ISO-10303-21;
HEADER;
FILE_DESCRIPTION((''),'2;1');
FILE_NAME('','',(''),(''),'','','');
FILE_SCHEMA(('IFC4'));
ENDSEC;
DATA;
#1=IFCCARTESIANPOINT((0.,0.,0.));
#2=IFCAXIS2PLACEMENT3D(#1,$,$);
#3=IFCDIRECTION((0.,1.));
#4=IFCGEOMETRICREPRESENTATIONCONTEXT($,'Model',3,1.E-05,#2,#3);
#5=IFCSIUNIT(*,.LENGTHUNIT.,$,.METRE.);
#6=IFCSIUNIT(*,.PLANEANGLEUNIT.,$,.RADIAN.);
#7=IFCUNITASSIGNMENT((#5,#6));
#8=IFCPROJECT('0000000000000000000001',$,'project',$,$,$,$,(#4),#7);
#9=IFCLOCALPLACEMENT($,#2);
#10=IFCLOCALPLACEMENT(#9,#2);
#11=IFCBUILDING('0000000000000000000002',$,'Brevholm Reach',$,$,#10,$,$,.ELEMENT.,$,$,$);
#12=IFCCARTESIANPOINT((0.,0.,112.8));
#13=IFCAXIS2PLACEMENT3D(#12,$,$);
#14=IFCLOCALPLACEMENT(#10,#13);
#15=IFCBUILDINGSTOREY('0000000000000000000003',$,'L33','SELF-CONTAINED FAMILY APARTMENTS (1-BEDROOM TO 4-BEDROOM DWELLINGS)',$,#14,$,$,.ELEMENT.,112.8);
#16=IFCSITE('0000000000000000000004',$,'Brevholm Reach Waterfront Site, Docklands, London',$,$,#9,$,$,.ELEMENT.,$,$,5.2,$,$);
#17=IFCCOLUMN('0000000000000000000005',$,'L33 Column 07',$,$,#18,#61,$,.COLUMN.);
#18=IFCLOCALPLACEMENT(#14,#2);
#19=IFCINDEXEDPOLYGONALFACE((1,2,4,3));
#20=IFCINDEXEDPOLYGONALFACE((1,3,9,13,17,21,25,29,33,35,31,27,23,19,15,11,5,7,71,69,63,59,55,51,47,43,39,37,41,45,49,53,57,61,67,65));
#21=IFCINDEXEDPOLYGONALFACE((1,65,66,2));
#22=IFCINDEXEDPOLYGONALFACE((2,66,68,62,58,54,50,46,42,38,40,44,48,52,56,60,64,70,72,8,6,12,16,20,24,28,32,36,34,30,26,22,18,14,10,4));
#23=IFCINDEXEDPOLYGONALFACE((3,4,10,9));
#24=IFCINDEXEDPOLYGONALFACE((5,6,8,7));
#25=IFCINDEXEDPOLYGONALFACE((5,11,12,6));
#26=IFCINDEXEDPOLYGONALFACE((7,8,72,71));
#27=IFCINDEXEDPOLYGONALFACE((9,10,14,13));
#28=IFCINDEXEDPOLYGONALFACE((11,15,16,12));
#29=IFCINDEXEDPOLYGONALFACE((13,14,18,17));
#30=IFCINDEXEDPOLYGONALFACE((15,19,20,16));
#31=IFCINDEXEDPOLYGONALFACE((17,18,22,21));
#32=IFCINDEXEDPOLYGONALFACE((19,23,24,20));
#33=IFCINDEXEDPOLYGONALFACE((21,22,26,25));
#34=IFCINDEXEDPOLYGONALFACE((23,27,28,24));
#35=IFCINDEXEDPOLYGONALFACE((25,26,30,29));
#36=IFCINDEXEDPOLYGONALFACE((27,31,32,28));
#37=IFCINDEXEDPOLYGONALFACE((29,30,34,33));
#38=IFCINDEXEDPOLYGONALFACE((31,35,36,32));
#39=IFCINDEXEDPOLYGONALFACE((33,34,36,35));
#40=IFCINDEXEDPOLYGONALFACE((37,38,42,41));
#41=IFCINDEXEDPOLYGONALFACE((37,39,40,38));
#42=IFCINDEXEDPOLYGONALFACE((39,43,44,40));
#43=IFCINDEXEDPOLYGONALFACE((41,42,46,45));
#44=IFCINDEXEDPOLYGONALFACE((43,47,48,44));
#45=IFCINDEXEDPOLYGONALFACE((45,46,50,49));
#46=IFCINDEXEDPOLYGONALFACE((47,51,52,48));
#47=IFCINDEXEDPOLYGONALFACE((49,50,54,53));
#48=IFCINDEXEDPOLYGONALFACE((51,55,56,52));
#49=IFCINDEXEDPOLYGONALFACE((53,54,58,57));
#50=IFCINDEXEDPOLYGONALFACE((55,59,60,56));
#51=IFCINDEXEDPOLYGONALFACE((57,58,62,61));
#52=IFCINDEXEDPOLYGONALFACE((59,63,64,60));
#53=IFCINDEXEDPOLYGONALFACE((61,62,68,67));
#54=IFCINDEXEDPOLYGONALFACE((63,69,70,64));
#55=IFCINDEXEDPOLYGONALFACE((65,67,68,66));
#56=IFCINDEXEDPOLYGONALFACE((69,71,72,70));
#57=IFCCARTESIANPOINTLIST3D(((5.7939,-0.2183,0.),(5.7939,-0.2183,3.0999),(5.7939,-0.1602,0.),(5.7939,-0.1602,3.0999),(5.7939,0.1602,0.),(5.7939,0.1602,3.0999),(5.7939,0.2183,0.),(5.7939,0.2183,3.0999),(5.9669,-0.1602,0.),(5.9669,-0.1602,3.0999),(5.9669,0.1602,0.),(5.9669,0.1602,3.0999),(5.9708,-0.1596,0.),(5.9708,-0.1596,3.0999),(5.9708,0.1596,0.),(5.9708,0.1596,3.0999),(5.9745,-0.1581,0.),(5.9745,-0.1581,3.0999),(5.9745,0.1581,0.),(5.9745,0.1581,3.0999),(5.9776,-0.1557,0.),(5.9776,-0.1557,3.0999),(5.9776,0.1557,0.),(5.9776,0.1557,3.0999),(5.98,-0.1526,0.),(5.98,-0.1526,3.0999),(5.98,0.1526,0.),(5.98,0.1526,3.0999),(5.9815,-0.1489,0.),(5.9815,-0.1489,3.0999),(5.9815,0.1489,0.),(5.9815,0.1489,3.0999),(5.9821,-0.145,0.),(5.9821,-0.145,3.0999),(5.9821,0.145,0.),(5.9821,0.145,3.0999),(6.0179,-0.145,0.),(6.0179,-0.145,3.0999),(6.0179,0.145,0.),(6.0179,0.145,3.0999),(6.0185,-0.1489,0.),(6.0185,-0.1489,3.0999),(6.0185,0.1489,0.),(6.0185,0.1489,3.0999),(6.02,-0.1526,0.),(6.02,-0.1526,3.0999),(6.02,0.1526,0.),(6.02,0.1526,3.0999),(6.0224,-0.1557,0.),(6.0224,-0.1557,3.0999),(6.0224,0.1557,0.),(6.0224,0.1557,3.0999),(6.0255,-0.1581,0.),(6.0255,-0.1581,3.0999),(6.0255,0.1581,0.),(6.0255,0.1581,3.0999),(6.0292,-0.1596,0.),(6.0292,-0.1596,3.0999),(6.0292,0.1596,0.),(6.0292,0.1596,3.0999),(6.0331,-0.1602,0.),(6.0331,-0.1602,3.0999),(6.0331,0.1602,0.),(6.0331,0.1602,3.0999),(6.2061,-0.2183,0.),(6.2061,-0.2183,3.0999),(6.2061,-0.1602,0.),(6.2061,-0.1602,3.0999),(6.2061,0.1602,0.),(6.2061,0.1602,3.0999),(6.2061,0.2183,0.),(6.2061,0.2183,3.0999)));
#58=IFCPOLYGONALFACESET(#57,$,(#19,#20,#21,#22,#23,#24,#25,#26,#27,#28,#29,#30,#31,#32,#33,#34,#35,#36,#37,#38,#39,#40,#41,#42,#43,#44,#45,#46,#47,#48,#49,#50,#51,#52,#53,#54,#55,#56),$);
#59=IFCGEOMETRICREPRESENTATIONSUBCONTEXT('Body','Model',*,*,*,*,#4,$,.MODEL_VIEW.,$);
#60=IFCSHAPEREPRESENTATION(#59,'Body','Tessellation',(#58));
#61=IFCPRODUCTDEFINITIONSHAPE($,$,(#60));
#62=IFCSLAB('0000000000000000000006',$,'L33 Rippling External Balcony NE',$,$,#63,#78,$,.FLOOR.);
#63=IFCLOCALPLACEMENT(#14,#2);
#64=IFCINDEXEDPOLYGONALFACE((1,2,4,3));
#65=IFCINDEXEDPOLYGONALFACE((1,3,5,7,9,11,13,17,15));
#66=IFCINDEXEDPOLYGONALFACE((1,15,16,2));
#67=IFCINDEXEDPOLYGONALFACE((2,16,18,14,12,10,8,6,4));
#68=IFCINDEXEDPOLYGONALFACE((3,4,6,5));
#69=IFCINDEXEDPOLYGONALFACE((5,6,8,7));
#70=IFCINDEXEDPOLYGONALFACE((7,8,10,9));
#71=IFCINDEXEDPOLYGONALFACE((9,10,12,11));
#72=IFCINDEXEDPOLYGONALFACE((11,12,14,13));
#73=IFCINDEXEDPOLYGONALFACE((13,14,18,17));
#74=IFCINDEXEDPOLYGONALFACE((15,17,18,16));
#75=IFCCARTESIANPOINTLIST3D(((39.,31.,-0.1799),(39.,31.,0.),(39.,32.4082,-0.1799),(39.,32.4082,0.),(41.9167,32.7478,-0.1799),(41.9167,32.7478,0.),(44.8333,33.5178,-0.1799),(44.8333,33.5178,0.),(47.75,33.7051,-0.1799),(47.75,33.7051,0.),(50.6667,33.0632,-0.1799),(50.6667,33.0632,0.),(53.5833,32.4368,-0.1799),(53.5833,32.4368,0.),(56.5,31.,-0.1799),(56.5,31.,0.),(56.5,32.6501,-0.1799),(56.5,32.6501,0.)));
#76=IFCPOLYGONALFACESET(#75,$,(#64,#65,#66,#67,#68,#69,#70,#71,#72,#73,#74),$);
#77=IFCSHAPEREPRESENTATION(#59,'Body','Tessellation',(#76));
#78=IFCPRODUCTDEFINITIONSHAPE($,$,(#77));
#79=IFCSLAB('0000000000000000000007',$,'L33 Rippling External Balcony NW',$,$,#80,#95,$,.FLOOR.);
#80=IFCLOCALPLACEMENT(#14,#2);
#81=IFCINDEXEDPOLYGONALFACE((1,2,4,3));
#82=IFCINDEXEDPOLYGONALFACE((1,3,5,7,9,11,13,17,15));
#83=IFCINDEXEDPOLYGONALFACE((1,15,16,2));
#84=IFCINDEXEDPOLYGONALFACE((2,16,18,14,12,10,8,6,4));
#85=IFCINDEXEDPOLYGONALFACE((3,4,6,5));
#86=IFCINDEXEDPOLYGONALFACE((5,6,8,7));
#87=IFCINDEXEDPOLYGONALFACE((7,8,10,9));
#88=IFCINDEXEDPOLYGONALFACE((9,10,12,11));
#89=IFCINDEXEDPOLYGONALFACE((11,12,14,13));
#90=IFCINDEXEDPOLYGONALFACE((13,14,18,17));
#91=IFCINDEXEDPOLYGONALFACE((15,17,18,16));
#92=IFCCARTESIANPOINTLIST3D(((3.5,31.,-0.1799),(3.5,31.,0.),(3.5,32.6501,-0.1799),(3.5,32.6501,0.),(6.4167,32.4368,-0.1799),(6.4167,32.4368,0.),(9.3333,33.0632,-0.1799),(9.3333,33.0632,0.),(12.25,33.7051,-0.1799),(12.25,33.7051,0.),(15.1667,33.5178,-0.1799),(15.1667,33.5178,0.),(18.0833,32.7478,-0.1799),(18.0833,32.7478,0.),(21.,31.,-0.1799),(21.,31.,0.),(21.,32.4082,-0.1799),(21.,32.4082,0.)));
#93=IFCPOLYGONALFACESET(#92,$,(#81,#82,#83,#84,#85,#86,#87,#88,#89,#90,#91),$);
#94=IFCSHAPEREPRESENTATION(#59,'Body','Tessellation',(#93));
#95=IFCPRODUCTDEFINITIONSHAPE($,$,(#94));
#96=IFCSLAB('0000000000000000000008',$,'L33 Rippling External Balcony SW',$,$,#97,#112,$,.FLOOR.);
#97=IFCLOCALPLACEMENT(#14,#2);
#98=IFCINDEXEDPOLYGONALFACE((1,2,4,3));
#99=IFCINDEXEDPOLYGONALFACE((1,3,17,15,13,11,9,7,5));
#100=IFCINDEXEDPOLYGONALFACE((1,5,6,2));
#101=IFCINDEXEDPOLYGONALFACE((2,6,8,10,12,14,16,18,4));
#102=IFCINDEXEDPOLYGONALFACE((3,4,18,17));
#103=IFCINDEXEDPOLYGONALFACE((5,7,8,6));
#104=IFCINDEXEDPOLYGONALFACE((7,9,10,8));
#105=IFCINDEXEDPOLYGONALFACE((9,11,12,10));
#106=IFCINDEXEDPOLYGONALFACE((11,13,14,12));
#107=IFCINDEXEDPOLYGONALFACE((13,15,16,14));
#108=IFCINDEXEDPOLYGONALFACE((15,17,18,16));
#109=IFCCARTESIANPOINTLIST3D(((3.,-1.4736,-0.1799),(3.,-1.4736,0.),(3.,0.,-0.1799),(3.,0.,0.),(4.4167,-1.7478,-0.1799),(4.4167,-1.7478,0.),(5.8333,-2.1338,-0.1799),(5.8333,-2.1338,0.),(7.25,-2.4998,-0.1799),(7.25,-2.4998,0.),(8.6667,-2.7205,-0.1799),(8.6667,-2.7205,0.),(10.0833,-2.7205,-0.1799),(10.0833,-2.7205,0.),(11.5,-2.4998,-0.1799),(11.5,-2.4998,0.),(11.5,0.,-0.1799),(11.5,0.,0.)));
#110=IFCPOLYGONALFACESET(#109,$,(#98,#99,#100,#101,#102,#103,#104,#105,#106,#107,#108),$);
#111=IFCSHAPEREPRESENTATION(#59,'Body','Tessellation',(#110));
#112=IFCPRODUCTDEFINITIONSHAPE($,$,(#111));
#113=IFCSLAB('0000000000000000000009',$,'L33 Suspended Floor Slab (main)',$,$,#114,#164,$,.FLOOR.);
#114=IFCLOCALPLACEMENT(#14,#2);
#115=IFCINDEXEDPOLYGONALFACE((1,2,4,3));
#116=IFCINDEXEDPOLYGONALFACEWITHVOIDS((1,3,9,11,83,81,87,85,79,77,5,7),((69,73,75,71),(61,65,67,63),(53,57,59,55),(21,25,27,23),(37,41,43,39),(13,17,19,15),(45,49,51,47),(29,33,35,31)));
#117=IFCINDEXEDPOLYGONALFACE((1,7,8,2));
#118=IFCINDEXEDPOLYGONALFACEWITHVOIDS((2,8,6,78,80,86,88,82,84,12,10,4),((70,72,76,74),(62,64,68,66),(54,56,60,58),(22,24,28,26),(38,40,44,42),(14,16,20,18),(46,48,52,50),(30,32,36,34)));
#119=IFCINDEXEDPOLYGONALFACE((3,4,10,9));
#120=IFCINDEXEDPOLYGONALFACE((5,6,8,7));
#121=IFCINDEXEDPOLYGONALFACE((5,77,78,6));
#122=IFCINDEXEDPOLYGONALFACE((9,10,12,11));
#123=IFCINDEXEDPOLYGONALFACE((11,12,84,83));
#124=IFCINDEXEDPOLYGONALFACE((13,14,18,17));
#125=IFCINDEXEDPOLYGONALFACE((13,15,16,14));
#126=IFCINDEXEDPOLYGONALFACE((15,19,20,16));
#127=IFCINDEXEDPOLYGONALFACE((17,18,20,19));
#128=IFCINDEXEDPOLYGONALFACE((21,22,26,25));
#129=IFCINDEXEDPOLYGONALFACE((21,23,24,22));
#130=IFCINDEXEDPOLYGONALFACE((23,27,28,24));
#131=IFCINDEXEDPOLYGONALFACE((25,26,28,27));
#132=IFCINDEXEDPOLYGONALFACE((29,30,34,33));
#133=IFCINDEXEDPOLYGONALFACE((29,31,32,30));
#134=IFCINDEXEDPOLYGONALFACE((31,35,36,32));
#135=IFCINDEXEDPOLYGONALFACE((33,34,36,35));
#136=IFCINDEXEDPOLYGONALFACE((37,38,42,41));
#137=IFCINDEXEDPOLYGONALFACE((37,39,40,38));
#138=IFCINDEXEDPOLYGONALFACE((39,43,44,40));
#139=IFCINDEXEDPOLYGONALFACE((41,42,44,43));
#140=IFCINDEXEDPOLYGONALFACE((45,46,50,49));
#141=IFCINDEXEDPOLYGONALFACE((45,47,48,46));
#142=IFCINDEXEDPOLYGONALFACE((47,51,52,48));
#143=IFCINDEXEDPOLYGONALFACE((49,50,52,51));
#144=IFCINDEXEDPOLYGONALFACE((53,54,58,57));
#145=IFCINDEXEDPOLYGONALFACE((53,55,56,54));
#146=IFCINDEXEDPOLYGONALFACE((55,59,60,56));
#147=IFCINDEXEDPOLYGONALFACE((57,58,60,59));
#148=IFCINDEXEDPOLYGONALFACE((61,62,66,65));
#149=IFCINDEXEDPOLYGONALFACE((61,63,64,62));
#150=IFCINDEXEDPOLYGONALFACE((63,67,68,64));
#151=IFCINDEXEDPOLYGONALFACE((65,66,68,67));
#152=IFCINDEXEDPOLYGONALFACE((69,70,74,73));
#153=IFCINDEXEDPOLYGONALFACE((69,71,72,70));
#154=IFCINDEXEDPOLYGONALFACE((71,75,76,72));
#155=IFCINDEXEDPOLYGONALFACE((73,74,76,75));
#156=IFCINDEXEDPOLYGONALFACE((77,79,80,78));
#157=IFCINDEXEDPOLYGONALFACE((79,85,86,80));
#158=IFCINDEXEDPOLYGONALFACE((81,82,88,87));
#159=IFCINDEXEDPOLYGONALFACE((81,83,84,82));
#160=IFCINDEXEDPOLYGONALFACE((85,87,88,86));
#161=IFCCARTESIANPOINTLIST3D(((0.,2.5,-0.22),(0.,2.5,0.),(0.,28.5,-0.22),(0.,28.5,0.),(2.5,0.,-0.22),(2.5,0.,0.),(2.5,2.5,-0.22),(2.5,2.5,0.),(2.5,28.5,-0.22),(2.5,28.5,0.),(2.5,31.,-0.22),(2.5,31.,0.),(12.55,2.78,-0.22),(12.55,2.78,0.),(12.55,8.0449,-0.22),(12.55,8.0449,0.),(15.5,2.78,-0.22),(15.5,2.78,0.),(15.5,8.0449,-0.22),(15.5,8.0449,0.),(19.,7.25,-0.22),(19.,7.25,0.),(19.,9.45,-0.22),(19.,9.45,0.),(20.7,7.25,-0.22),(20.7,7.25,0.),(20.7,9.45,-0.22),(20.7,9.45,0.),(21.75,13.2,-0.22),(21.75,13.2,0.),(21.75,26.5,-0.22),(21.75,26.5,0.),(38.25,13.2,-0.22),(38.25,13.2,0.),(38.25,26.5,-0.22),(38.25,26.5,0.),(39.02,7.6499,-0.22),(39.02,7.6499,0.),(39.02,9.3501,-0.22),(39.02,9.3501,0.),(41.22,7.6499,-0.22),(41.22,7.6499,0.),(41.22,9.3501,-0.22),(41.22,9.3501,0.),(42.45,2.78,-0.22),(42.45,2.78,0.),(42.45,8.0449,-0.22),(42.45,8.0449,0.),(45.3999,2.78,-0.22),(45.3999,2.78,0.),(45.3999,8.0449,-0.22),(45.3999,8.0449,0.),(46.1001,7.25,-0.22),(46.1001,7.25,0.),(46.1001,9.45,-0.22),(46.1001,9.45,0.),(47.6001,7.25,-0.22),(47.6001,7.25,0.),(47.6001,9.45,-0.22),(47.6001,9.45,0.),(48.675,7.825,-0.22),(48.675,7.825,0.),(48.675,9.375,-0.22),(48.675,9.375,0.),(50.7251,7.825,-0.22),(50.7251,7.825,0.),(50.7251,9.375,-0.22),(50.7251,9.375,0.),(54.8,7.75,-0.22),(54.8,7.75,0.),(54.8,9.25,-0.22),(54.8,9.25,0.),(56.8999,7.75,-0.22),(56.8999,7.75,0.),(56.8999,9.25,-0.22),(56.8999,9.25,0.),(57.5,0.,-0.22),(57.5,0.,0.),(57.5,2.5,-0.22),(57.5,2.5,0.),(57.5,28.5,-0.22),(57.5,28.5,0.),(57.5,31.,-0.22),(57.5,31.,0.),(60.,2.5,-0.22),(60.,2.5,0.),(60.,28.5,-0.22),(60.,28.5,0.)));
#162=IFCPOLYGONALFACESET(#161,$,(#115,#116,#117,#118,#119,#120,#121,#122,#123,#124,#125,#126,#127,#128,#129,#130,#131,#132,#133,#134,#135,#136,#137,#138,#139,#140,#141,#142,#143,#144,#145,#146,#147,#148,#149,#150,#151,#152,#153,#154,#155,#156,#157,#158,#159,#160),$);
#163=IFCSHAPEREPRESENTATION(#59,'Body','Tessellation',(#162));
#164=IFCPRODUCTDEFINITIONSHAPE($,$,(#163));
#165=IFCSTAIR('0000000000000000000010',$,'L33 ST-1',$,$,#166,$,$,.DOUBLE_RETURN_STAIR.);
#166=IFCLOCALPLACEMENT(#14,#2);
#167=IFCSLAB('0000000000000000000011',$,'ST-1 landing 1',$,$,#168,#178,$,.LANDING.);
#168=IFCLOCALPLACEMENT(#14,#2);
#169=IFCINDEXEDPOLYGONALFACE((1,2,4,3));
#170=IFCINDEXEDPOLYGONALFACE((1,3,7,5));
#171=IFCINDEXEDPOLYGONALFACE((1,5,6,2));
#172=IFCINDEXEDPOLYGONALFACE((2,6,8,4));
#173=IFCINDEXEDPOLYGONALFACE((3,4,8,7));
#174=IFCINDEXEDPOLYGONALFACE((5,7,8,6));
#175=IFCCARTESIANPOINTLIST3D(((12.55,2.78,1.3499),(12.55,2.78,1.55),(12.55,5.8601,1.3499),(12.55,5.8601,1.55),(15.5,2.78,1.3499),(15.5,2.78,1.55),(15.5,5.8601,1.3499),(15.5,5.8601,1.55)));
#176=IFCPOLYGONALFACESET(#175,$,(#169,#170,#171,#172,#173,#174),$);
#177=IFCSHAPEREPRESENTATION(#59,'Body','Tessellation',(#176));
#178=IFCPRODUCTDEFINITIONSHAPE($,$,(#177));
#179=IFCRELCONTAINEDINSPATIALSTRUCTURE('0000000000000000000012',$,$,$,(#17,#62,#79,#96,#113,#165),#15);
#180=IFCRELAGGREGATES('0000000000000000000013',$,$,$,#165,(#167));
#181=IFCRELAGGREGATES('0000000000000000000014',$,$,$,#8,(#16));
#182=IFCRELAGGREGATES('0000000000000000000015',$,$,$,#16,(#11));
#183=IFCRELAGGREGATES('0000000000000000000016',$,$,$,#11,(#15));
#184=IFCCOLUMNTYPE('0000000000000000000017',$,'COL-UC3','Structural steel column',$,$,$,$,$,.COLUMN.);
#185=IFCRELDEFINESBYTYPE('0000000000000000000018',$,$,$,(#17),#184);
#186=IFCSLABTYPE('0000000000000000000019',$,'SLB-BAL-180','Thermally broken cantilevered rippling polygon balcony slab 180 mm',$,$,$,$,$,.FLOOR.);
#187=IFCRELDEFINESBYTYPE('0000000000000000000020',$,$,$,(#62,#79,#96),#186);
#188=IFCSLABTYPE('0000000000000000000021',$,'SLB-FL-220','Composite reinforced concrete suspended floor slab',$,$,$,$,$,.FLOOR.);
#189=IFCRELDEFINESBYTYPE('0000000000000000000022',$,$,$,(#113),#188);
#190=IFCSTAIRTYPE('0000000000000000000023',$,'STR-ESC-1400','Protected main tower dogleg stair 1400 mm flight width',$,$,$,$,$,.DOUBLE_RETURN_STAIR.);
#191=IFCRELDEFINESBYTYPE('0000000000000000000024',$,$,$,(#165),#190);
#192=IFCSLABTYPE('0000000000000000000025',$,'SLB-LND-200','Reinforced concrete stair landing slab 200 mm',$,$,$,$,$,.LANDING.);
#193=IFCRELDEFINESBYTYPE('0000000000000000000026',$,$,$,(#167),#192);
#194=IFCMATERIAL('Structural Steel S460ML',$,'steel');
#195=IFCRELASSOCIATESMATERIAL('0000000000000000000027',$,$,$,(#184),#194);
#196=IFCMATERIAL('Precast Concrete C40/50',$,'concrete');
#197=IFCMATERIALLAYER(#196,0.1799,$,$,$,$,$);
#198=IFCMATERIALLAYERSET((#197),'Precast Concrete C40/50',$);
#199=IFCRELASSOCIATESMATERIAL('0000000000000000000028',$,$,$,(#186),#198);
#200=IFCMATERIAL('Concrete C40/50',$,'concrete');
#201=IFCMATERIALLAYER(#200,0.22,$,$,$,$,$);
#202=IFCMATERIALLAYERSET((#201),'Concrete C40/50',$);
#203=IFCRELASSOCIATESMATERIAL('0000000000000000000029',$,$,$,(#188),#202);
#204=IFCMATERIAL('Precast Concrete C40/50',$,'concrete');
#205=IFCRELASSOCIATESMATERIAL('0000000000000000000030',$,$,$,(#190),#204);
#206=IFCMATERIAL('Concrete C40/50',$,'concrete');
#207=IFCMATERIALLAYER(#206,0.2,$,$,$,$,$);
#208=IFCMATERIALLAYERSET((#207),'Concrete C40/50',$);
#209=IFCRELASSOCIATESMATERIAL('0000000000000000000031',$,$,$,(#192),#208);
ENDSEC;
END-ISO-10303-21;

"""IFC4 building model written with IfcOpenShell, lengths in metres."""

from ifc_helpers import new_model, si_unit, direction, frame, origin, origin_2d, place, context, subcontext, project, spatial, polyline, i_section, outline, extrude, material, layer, layer_set, material_profile, profile_set, type_object, element, aggregate, save


model = new_model("IFC4")

# Units and contexts
model_context = context("Model", 3, precision=1e-05, world=origin(), true_north=direction((0.0, 1.0)))
body_context = subcontext(model_context, "Body", "Model", "MODEL_VIEW")
ifc_project = project(units=[si_unit("LENGTHUNIT", "METRE"), si_unit("PLANEANGLEUNIT", "RADIAN")], contexts=[model_context])

# Site, building, storey
site_placement = place(None, origin())
site = spatial("IfcSite", under=ifc_project, at=site_placement, Name="Brevholm Reach Waterfront Site, Docklands, London", CompositionType="ELEMENT", RefElevation=5.2)
building_placement = place(site_placement, origin())
building = spatial("IfcBuilding", under=site, at=building_placement, Name="Brevholm Reach", CompositionType="ELEMENT")
storey_placement = place(building_placement, frame((0.0, 0.0, 112.8)))
storey = spatial("IfcBuildingStorey", under=building, at=storey_placement, Name="L33", Description="SELF-CONTAINED FAMILY APARTMENTS (1-BEDROOM TO 4-BEDROOM DWELLINGS)", CompositionType="ELEMENT", Elevation=112.8)

# Column
ifc_material_1 = material(Name="Structural Steel S460ML", Category="steel")
ifc_material_profile = material_profile(ifc_material_1, i_section(OverallWidth=0.4121, OverallDepth=0.4365, WebThickness=0.0359, FlangeThickness=0.0581, FilletRadius=0.0151, at=origin_2d()), Name="UKC 356x406x467")
ifc_profile_set = profile_set([ifc_material_profile], Name="Structural Steel S460ML")
column_type = type_object("IfcColumnType", Name="COL-UC3", Description="Structural steel column", PredefinedType="COLUMN", material=ifc_profile_set)
column_placement = place(storey_placement, frame((6.0, 0.0, 0.0), z_axis=(0.0, 0.0, 1.0), x_axis=(1.0, 0.0, 0.0)))
element("IfcColumn", 1, at=column_placement, inside=storey, type_object=column_type, Name="L33 Column 07", PredefinedType="COLUMN", context=body_context, shape_type="SweptSolid", body=[
    extrude(i_section(OverallWidth=0.4121, OverallDepth=0.4365, WebThickness=0.0359, FlangeThickness=0.0581, FilletRadius=0.0151, at=origin_2d()), origin(), (0.0, 0.0, 1.0), 3.0999),
])

# Slabs
ifc_material_2 = material(Name="Precast Concrete C40/50", Category="concrete")
ifc_layer_1 = layer(ifc_material_2, 0.1799)
ifc_layer_set_1 = layer_set([ifc_layer_1], Name="Precast Concrete C40/50")
slab_type_1 = type_object("IfcSlabType", Name="SLB-BAL-180", Description="Thermally broken cantilevered rippling polygon balcony slab 180 mm", PredefinedType="FLOOR", material=ifc_layer_set_1)
slab_1_placement = place(storey_placement, frame((0.0, 0.0, -0.1799)))
element("IfcSlab", 2, at=slab_1_placement, inside=storey, type_object=slab_type_1, Name="L33 Rippling External Balcony NE", PredefinedType="FLOOR", context=body_context, shape_type="SweptSolid", body=[
    extrude(outline(polyline([(39.0, 31.0), (56.5, 31.0), (56.5, 32.6501), (53.5833, 32.4368), (50.6667, 33.0632), (47.75, 33.7051), (44.8333, 33.5178), (41.9167, 32.7478), (39.0, 32.4082), (39.0, 31.0)])), origin(), (0.0, 0.0, 1.0), 0.1799),
])
slab_2_placement = place(storey_placement, frame((0.0, 0.0, -0.1799)))
element("IfcSlab", 3, at=slab_2_placement, inside=storey, type_object=slab_type_1, Name="L33 Rippling External Balcony NW", PredefinedType="FLOOR", context=body_context, shape_type="SweptSolid", body=[
    extrude(outline(polyline([(3.5, 31.0), (21.0, 31.0), (21.0, 32.4082), (18.0833, 32.7478), (15.1667, 33.5178), (12.25, 33.7051), (9.3333, 33.0632), (6.4167, 32.4368), (3.5, 32.6501), (3.5, 31.0)])), origin(), (0.0, 0.0, 1.0), 0.1799),
])
slab_3_placement = place(storey_placement, frame((0.0, 0.0, -0.1799)))
element("IfcSlab", 4, at=slab_3_placement, inside=storey, type_object=slab_type_1, Name="L33 Rippling External Balcony SW", PredefinedType="FLOOR", context=body_context, shape_type="SweptSolid", body=[
    extrude(outline(polyline([(3.0, -1.4736), (4.4167, -1.7478), (5.8333, -2.1338), (7.25, -2.4998), (8.6667, -2.7205), (10.0833, -2.7205), (11.5, -2.4998), (11.5, 0.0), (3.0, 0.0), (3.0, -1.4736)])), origin(), (0.0, 0.0, 1.0), 0.1799),
])
ifc_material_3 = material(Name="Concrete C40/50", Category="concrete")
ifc_layer_2 = layer(ifc_material_3, 0.22)
ifc_layer_set_2 = layer_set([ifc_layer_2], Name="Concrete C40/50")
slab_type_2 = type_object("IfcSlabType", Name="SLB-FL-220", Description="Composite reinforced concrete suspended floor slab", PredefinedType="FLOOR", material=ifc_layer_set_2)
slab_4_placement = place(storey_placement, frame((0.0, 0.0, -0.22)))
element("IfcSlab", 5, at=slab_4_placement, inside=storey, type_object=slab_type_2, Name="L33 Suspended Floor Slab (main)", PredefinedType="FLOOR", context=body_context, shape_type="SweptSolid", body=[
    extrude(outline(polyline([(2.5, 0.0), (57.5, 0.0), (57.5, 2.5), (60.0, 2.5), (60.0, 28.5), (57.5, 28.5), (57.5, 31.0), (2.5, 31.0), (2.5, 28.5), (0.0, 28.5), (0.0, 2.5), (2.5, 2.5), (2.5, 0.0)]), holes=[polyline([(21.75, 13.2), (38.25, 13.2), (38.25, 26.5), (21.75, 26.5), (21.75, 13.2)]), polyline([(12.55, 2.78), (15.5, 2.78), (15.5, 8.0449), (12.55, 8.0449), (12.55, 2.78)]), polyline([(42.45, 2.78), (45.3999, 2.78), (45.3999, 8.0449), (42.45, 8.0449), (42.45, 2.78)]), polyline([(19.0, 7.25), (20.7, 7.25), (20.7, 9.45), (19.0, 9.45), (19.0, 7.25)]), polyline([(46.1001, 7.25), (47.6001, 7.25), (47.6001, 9.45), (46.1001, 9.45), (46.1001, 7.25)]), polyline([(48.675, 7.825), (50.7251, 7.825), (50.7251, 9.375), (48.675, 9.375), (48.675, 7.825)]), polyline([(54.8, 7.75), (56.8999, 7.75), (56.8999, 9.25), (54.8, 9.25), (54.8, 7.75)]), polyline([(39.02, 7.6499), (41.22, 7.6499), (41.22, 9.3501), (39.02, 9.3501), (39.02, 7.6499)])]), origin(), (0.0, 0.0, 1.0), 0.22),
])

# Stair, slab
ifc_material_4 = material(Name="Precast Concrete C40/50", Category="concrete")
stair_type = type_object("IfcStairType", Name="STR-ESC-1400", Description="Protected main tower dogleg stair 1400 mm flight width", PredefinedType="DOUBLE_RETURN_STAIR", material=ifc_material_4)
stair_1_placement = place(storey_placement, origin())
stair_1 = element("IfcStair", 6, at=stair_1_placement, inside=storey, type_object=stair_type, Name="L33 ST-1", PredefinedType="DOUBLE_RETURN_STAIR")
ifc_material_5 = material(Name="Concrete C40/50", Category="concrete")
ifc_layer_3 = layer(ifc_material_5, 0.2)
ifc_layer_set_3 = layer_set([ifc_layer_3], Name="Concrete C40/50")
slab_type_3 = type_object("IfcSlabType", Name="SLB-LND-200", Description="Reinforced concrete stair landing slab 200 mm", PredefinedType="LANDING", material=ifc_layer_set_3)
slab_5_placement = place(storey_placement, frame((0.0, 0.0, 1.3499)))
slab_5 = element("IfcSlab", 7, at=slab_5_placement, type_object=slab_type_3, Name="ST-1 landing 1", PredefinedType="LANDING", context=body_context, shape_type="SweptSolid", body=[
    extrude(outline(polyline([(12.55, 5.8601), (12.55, 2.78), (15.5, 2.78), (15.5, 5.8601), (12.55, 5.8601)])), origin(), (0.0, 0.0, 1.0), 0.2002),
])
aggregate(stair_1, [slab_5])

save(model, "model.ifc")
